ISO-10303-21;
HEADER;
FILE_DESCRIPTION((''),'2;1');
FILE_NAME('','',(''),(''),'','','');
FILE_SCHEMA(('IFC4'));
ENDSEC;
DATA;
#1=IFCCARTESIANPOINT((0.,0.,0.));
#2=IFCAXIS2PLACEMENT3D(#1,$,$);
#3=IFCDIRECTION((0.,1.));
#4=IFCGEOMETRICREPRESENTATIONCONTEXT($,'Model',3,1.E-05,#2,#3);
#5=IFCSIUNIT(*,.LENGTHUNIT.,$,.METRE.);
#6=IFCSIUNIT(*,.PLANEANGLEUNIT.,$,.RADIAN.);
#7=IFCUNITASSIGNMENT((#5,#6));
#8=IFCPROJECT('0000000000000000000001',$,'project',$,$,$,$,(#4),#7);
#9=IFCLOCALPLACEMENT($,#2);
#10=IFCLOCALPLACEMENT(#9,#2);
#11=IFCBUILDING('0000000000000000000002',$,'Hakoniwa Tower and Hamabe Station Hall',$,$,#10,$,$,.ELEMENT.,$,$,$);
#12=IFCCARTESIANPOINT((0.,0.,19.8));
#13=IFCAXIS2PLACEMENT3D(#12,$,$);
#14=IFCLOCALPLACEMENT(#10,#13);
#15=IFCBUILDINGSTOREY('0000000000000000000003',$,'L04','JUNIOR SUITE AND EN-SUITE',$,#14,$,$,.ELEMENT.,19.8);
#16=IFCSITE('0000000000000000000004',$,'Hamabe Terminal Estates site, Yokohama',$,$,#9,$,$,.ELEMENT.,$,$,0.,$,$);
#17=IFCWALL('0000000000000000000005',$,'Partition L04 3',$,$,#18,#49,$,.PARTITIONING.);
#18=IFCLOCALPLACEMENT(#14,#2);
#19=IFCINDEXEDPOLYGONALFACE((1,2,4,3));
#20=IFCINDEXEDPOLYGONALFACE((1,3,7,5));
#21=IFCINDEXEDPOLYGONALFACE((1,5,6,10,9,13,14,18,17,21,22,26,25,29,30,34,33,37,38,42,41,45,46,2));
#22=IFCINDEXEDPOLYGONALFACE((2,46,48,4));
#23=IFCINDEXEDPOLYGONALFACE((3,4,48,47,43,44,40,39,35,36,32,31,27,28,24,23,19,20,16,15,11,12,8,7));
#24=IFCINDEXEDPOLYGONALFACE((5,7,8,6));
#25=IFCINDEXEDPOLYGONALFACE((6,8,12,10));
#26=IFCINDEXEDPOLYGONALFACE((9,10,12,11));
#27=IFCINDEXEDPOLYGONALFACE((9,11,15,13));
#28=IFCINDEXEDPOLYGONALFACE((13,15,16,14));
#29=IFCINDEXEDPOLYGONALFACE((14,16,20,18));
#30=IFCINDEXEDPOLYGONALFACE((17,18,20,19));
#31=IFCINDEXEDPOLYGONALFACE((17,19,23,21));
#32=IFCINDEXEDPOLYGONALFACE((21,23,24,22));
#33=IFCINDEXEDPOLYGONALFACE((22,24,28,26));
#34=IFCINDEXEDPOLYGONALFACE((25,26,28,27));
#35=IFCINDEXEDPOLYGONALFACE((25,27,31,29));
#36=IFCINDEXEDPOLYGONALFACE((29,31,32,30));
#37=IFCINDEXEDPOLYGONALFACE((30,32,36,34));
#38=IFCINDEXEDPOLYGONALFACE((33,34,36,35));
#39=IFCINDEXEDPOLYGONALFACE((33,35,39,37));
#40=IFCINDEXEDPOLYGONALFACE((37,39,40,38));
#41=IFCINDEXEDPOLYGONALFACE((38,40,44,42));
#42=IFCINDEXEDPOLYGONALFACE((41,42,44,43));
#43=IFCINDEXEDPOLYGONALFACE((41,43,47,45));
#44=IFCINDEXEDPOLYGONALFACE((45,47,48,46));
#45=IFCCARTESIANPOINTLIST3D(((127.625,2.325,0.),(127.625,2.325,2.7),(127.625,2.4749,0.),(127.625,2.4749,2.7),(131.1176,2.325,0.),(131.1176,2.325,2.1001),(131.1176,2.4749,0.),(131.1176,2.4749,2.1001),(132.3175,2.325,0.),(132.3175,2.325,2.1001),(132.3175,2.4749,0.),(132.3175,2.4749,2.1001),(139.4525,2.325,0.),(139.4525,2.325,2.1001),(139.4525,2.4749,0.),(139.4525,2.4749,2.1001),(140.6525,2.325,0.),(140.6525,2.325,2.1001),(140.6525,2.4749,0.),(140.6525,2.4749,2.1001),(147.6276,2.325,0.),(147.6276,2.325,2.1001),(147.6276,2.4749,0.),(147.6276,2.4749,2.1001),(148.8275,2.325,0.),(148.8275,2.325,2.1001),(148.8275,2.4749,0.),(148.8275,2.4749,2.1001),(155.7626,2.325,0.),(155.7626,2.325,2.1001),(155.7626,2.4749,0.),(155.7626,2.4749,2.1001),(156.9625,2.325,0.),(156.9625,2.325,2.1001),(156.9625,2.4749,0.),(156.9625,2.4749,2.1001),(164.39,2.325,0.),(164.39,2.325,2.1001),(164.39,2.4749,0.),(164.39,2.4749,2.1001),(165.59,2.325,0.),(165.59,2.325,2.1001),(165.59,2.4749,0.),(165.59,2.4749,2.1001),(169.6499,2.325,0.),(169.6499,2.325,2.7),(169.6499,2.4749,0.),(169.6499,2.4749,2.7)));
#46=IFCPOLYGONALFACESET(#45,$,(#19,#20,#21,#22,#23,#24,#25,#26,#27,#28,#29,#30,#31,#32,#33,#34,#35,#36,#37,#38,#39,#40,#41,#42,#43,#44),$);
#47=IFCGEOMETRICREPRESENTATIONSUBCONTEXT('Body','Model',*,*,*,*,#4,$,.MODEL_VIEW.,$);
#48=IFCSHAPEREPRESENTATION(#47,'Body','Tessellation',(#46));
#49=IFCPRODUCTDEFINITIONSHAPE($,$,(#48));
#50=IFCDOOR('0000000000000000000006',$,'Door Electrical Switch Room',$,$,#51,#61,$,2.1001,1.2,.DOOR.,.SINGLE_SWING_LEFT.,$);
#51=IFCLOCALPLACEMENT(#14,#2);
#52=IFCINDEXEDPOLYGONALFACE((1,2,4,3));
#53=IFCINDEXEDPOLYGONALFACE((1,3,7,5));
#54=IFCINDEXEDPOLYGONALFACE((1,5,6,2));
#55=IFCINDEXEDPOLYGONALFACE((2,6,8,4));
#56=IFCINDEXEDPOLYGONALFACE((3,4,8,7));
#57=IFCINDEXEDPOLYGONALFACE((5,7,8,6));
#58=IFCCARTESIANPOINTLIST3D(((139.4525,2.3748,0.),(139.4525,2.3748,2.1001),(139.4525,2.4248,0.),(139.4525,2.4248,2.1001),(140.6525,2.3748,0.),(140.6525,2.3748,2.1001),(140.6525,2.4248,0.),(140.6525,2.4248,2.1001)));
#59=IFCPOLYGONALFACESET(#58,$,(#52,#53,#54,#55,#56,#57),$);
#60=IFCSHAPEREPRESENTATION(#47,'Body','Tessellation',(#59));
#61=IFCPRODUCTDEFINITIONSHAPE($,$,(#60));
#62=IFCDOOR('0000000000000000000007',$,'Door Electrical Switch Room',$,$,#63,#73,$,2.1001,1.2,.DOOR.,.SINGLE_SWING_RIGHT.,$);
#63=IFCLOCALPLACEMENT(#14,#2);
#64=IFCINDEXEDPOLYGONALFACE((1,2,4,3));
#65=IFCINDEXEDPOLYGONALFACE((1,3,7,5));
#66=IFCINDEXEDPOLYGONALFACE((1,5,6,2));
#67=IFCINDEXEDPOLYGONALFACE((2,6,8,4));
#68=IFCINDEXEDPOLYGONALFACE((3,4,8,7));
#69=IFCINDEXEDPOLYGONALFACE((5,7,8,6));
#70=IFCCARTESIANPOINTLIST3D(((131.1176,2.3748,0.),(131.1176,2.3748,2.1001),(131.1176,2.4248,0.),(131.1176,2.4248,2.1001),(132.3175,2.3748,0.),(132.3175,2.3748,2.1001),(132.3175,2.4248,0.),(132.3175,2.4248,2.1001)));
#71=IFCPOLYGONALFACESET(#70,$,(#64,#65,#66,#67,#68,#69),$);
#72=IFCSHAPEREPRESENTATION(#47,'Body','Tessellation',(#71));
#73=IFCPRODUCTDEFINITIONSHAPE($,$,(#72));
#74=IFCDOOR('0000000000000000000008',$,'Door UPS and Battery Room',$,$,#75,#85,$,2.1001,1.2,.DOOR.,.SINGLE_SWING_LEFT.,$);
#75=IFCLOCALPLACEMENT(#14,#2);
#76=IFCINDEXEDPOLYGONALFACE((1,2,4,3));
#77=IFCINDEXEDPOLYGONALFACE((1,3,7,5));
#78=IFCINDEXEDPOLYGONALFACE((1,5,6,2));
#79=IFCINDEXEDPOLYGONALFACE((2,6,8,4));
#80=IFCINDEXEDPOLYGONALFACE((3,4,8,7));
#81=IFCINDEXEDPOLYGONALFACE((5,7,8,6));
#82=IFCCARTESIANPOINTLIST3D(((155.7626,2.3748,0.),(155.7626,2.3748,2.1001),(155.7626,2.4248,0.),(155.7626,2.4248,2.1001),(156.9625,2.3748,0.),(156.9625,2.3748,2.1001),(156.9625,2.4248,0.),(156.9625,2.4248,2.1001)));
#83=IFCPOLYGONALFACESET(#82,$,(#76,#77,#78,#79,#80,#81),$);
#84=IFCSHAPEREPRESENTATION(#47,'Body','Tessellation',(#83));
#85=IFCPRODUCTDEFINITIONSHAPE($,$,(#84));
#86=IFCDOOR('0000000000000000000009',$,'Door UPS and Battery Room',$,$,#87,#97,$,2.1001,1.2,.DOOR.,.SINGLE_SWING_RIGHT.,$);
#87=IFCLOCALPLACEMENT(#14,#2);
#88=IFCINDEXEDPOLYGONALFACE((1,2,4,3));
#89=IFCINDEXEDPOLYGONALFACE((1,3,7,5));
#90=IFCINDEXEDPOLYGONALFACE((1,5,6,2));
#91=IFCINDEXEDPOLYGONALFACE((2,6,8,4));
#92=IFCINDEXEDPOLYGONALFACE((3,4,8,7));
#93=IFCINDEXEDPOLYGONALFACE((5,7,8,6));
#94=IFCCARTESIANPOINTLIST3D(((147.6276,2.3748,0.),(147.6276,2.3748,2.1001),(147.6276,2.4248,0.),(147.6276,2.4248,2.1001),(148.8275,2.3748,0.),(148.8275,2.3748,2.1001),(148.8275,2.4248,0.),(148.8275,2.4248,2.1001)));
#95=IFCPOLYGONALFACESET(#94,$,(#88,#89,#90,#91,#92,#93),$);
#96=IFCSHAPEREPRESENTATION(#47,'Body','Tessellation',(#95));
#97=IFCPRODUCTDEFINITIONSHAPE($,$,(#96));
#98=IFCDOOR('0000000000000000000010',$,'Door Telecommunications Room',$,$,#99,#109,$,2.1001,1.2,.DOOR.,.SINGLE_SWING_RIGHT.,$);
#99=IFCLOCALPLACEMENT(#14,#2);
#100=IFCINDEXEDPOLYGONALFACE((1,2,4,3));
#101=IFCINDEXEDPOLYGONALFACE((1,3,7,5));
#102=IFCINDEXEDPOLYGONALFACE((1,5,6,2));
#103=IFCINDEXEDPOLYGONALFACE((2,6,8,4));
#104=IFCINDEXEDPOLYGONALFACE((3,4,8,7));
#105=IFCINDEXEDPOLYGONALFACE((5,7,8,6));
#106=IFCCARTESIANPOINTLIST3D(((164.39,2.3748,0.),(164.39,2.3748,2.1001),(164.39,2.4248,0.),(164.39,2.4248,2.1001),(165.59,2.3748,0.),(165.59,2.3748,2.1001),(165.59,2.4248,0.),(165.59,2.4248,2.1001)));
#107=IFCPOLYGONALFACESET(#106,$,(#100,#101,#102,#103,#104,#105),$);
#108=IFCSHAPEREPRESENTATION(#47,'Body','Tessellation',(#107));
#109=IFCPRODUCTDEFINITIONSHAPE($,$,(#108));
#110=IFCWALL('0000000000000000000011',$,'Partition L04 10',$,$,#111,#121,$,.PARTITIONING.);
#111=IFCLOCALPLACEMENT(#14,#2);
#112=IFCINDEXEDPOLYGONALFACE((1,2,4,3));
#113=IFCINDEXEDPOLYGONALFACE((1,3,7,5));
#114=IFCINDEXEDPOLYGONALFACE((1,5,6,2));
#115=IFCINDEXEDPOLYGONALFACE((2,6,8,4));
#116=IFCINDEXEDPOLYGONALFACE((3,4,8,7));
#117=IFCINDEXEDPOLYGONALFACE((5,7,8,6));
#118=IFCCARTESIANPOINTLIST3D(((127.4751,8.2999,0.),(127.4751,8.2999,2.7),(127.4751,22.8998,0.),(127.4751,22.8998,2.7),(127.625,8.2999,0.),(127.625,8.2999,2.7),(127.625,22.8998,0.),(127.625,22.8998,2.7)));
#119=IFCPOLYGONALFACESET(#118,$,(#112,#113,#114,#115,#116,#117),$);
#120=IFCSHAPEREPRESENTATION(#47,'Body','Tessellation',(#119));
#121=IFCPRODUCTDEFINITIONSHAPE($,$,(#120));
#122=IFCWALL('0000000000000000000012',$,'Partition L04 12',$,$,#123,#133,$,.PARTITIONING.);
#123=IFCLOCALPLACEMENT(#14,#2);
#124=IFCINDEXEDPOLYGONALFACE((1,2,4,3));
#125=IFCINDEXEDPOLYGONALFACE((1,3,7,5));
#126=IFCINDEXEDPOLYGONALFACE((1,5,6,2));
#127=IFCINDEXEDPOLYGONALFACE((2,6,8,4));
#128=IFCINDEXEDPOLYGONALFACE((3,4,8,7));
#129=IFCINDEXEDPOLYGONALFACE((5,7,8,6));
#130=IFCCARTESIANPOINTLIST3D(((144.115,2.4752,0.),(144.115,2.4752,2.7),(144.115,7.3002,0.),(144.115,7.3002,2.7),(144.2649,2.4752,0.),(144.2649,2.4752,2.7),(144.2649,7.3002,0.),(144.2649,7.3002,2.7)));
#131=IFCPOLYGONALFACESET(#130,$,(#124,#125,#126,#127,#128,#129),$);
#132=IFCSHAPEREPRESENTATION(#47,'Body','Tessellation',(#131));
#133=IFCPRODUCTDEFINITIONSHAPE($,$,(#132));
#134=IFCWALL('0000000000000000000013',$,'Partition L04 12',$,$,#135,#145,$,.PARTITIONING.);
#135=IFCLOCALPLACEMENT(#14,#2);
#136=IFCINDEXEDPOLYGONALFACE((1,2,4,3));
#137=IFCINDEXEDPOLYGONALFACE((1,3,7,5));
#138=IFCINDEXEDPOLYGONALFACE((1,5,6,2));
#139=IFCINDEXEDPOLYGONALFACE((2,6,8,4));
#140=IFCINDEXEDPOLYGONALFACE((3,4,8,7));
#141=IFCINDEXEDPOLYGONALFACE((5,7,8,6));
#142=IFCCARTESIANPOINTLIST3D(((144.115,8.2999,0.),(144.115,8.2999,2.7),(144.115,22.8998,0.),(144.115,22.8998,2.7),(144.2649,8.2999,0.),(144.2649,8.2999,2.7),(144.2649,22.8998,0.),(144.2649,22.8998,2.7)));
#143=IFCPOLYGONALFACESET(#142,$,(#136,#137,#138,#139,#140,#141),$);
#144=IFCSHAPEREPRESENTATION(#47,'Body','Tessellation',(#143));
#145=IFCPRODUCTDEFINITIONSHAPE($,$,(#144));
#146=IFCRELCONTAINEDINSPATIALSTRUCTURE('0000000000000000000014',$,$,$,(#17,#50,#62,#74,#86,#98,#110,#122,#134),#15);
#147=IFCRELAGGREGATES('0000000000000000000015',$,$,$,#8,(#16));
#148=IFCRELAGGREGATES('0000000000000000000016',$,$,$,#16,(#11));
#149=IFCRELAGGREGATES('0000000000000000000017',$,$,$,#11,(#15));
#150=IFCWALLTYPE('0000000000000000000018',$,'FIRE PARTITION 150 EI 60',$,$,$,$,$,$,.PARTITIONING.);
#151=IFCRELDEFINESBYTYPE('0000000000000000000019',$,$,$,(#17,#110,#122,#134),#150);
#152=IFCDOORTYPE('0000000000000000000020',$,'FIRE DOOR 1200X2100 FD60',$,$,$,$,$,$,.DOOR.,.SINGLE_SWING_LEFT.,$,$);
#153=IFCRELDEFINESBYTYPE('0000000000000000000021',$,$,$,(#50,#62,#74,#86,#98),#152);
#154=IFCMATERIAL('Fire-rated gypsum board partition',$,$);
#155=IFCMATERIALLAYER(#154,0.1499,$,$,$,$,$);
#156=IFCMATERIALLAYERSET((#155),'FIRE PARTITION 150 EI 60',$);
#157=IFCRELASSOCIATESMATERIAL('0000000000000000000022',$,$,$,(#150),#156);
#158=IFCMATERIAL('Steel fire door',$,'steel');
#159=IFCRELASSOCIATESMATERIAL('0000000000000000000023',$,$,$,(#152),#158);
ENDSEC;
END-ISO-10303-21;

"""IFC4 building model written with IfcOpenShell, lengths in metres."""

from ifc_helpers import new_model, si_unit, direction, frame, frame_2d, origin, place, context, subcontext, project, spatial, rectangle, extrude, material, layer, layer_set, type_object, element, fill, save


model = new_model("IFC4")

# Units and contexts
model_context = context("Model", 3, precision=1e-05, world=origin(), true_north=direction((0.0, 1.0)))
body_context = subcontext(model_context, "Body", "Model", "MODEL_VIEW")
ifc_project = project(units=[si_unit("LENGTHUNIT", "METRE"), si_unit("PLANEANGLEUNIT", "RADIAN")], contexts=[model_context])

# Site, building, storey
site_placement = place(None, origin())
site = spatial("IfcSite", under=ifc_project, at=site_placement, Name="Hamabe Terminal Estates site, Yokohama", CompositionType="ELEMENT", RefElevation=0.0)
building_placement = place(site_placement, origin())
building = spatial("IfcBuilding", under=site, at=building_placement, Name="Hakoniwa Tower and Hamabe Station Hall", CompositionType="ELEMENT")
storey_placement = place(building_placement, frame((0.0, 0.0, 19.8)))
storey = spatial("IfcBuildingStorey", under=building, at=storey_placement, Name="L04", Description="JUNIOR SUITE AND EN-SUITE", CompositionType="ELEMENT", Elevation=19.8)

# Wall, openings, doors
ifc_material_1 = material(Name="Fire-rated gypsum board partition")
ifc_layer_1 = layer(ifc_material_1, 0.1499)
ifc_layer_set_1 = layer_set([ifc_layer_1], Name="FIRE PARTITION 150 EI 60")
wall_type = type_object("IfcWallType", Name="FIRE PARTITION 150 EI 60", PredefinedType="PARTITIONING", material=ifc_layer_set_1)
wall_1_placement = place(storey_placement, frame((127.625, 2.3999, 0.0), z_axis=(0.0, 0.0, 1.0), x_axis=(1.0, 0.0, 0.0)))
wall_1 = element("IfcWall", 1, at=wall_1_placement, inside=storey, type_object=wall_type, Name="Partition L04 3", PredefinedType="PARTITIONING", context=body_context, shape_type="SweptSolid", body=[
    extrude(rectangle(XDim=42.0249, YDim=0.1499, at=frame_2d((21.0125, 0.0))), origin(), (0.0, 0.0, 1.0), 2.7),
])
opening_1_placement = place(wall_1_placement, frame((11.8274, 0.0, 0.0)))
opening_1 = element("IfcOpeningElement", 2, at=opening_1_placement, cuts=wall_1, PredefinedType="OPENING", context=body_context, shape_type="SweptSolid", body=[
    extrude(rectangle(XDim=1.2, YDim=2.1001, at=frame_2d((0.6001, 1.05))), frame((0.0, 0.085, 0.0), z_axis=(0.0, -1.0, 0.0), x_axis=(1.0, 0.0, 0.0)), (0.0, 0.0, 1.0), 0.1699),
])
opening_2_placement = place(wall_1_placement, frame((3.4924, 0.0, 0.0)))
opening_2 = element("IfcOpeningElement", 3, at=opening_2_placement, cuts=wall_1, PredefinedType="OPENING", context=body_context, shape_type="SweptSolid", body=[
    extrude(rectangle(XDim=1.2, YDim=2.1001, at=frame_2d((0.6001, 1.05))), frame((0.0, 0.085, 0.0), z_axis=(0.0, -1.0, 0.0), x_axis=(1.0, 0.0, 0.0)), (0.0, 0.0, 1.0), 0.1699),
])
opening_3_placement = place(wall_1_placement, frame((28.1375, 0.0, 0.0)))
opening_3 = element("IfcOpeningElement", 4, at=opening_3_placement, cuts=wall_1, PredefinedType="OPENING", context=body_context, shape_type="SweptSolid", body=[
    extrude(rectangle(XDim=1.2, YDim=2.1001, at=frame_2d((0.6001, 1.05))), frame((0.0, 0.085, 0.0), z_axis=(0.0, -1.0, 0.0), x_axis=(1.0, 0.0, 0.0)), (0.0, 0.0, 1.0), 0.1699),
])
opening_4_placement = place(wall_1_placement, frame((20.0024, 0.0, 0.0)))
opening_4 = element("IfcOpeningElement", 5, at=opening_4_placement, cuts=wall_1, PredefinedType="OPENING", context=body_context, shape_type="SweptSolid", body=[
    extrude(rectangle(XDim=1.2, YDim=2.1001, at=frame_2d((0.6001, 1.05))), frame((0.0, 0.085, 0.0), z_axis=(0.0, -1.0, 0.0), x_axis=(1.0, 0.0, 0.0)), (0.0, 0.0, 1.0), 0.1699),
])
opening_5_placement = place(wall_1_placement, frame((36.7649, 0.0, 0.0)))
opening_5 = element("IfcOpeningElement", 6, at=opening_5_placement, cuts=wall_1, PredefinedType="OPENING", context=body_context, shape_type="SweptSolid", body=[
    extrude(rectangle(XDim=1.2, YDim=2.1001, at=frame_2d((0.6001, 1.05))), frame((0.0, 0.085, 0.0), z_axis=(0.0, -1.0, 0.0), x_axis=(1.0, 0.0, 0.0)), (0.0, 0.0, 1.0), 0.1699),
])
ifc_material_2 = material(Name="Steel fire door", Category="steel")
door_type = type_object("IfcDoorType", Name="FIRE DOOR 1200X2100 FD60", OperationType="SINGLE_SWING_LEFT", PredefinedType="DOOR", material=ifc_material_2)
door_1_placement = place(opening_1_placement, origin())
door_1 = element("IfcDoor", 7, at=door_1_placement, inside=storey, type_object=door_type, Name="Door Electrical Switch Room", OperationType="SINGLE_SWING_LEFT", OverallHeight=2.1001, OverallWidth=1.2, PredefinedType="DOOR", context=body_context, shape_type="SweptSolid", body=[
    extrude(rectangle(XDim=1.2, YDim=2.1001, at=frame_2d((0.6001, 1.05))), frame((0.0, 0.0249, 0.0), z_axis=(0.0, -1.0, 0.0), x_axis=(1.0, 0.0, 0.0)), (0.0, 0.0, 1.0), 0.05),
])
fill(opening_1, door_1)
door_2_placement = place(opening_2_placement, origin())
door_2 = element("IfcDoor", 8, at=door_2_placement, inside=storey, type_object=door_type, Name="Door Electrical Switch Room", OperationType="SINGLE_SWING_RIGHT", OverallHeight=2.1001, OverallWidth=1.2, PredefinedType="DOOR", context=body_context, shape_type="SweptSolid", body=[
    extrude(rectangle(XDim=1.2, YDim=2.1001, at=frame_2d((0.6001, 1.05))), frame((0.0, 0.0249, 0.0), z_axis=(0.0, -1.0, 0.0), x_axis=(1.0, 0.0, 0.0)), (0.0, 0.0, 1.0), 0.05),
])
fill(opening_2, door_2)
door_3_placement = place(opening_3_placement, origin())
door_3 = element("IfcDoor", 9, at=door_3_placement, inside=storey, type_object=door_type, Name="Door UPS and Battery Room", OperationType="SINGLE_SWING_LEFT", OverallHeight=2.1001, OverallWidth=1.2, PredefinedType="DOOR", context=body_context, shape_type="SweptSolid", body=[
    extrude(rectangle(XDim=1.2, YDim=2.1001, at=frame_2d((0.6001, 1.05))), frame((0.0, 0.0249, 0.0), z_axis=(0.0, -1.0, 0.0), x_axis=(1.0, 0.0, 0.0)), (0.0, 0.0, 1.0), 0.05),
])
fill(opening_3, door_3)
door_4_placement = place(opening_4_placement, origin())
door_4 = element("IfcDoor", 10, at=door_4_placement, inside=storey, type_object=door_type, Name="Door UPS and Battery Room", OperationType="SINGLE_SWING_RIGHT", OverallHeight=2.1001, OverallWidth=1.2, PredefinedType="DOOR", context=body_context, shape_type="SweptSolid", body=[
    extrude(rectangle(XDim=1.2, YDim=2.1001, at=frame_2d((0.6001, 1.05))), frame((0.0, 0.0249, 0.0), z_axis=(0.0, -1.0, 0.0), x_axis=(1.0, 0.0, 0.0)), (0.0, 0.0, 1.0), 0.05),
])
fill(opening_4, door_4)
door_5_placement = place(opening_5_placement, origin())
door_5 = element("IfcDoor", 11, at=door_5_placement, inside=storey, type_object=door_type, Name="Door Telecommunications Room", OperationType="SINGLE_SWING_RIGHT", OverallHeight=2.1001, OverallWidth=1.2, PredefinedType="DOOR", context=body_context, shape_type="SweptSolid", body=[
    extrude(rectangle(XDim=1.2, YDim=2.1001, at=frame_2d((0.6001, 1.05))), frame((0.0, 0.0249, 0.0), z_axis=(0.0, -1.0, 0.0), x_axis=(1.0, 0.0, 0.0)), (0.0, 0.0, 1.0), 0.05),
])
fill(opening_5, door_5)

# Walls
wall_2_placement = place(storey_placement, frame((127.55, 8.3, 0.0), z_axis=(0.0, 0.0, 1.0), x_axis=(0.0, 1.0, 0.0)))
element("IfcWall", 12, at=wall_2_placement, inside=storey, type_object=wall_type, Name="Partition L04 10", PredefinedType="PARTITIONING", context=body_context, shape_type="SweptSolid", body=[
    extrude(rectangle(XDim=14.5999, YDim=0.1499, at=frame_2d((7.2998, 0.0))), origin(), (0.0, 0.0, 1.0), 2.7),
])
wall_3_placement = place(storey_placement, frame((144.1899, 2.4751, 0.0), z_axis=(0.0, 0.0, 1.0), x_axis=(0.0, 1.0, 0.0)))
element("IfcWall", 13, at=wall_3_placement, inside=storey, type_object=wall_type, Name="Partition L04 12", PredefinedType="PARTITIONING", context=body_context, shape_type="SweptSolid", body=[
    extrude(rectangle(XDim=4.825, YDim=0.1499, at=frame_2d((2.4126, 0.0))), origin(), (0.0, 0.0, 1.0), 2.7),
])
wall_4_placement = place(storey_placement, frame((144.1899, 8.3, 0.0), z_axis=(0.0, 0.0, 1.0), x_axis=(0.0, 1.0, 0.0)))
element("IfcWall", 14, at=wall_4_placement, inside=storey, type_object=wall_type, Name="Partition L04 12", PredefinedType="PARTITIONING", context=body_context, shape_type="SweptSolid", body=[
    extrude(rectangle(XDim=14.5999, YDim=0.1499, at=frame_2d((7.2998, 0.0))), origin(), (0.0, 0.0, 1.0), 2.7),
])

save(model, "model.ifc")
